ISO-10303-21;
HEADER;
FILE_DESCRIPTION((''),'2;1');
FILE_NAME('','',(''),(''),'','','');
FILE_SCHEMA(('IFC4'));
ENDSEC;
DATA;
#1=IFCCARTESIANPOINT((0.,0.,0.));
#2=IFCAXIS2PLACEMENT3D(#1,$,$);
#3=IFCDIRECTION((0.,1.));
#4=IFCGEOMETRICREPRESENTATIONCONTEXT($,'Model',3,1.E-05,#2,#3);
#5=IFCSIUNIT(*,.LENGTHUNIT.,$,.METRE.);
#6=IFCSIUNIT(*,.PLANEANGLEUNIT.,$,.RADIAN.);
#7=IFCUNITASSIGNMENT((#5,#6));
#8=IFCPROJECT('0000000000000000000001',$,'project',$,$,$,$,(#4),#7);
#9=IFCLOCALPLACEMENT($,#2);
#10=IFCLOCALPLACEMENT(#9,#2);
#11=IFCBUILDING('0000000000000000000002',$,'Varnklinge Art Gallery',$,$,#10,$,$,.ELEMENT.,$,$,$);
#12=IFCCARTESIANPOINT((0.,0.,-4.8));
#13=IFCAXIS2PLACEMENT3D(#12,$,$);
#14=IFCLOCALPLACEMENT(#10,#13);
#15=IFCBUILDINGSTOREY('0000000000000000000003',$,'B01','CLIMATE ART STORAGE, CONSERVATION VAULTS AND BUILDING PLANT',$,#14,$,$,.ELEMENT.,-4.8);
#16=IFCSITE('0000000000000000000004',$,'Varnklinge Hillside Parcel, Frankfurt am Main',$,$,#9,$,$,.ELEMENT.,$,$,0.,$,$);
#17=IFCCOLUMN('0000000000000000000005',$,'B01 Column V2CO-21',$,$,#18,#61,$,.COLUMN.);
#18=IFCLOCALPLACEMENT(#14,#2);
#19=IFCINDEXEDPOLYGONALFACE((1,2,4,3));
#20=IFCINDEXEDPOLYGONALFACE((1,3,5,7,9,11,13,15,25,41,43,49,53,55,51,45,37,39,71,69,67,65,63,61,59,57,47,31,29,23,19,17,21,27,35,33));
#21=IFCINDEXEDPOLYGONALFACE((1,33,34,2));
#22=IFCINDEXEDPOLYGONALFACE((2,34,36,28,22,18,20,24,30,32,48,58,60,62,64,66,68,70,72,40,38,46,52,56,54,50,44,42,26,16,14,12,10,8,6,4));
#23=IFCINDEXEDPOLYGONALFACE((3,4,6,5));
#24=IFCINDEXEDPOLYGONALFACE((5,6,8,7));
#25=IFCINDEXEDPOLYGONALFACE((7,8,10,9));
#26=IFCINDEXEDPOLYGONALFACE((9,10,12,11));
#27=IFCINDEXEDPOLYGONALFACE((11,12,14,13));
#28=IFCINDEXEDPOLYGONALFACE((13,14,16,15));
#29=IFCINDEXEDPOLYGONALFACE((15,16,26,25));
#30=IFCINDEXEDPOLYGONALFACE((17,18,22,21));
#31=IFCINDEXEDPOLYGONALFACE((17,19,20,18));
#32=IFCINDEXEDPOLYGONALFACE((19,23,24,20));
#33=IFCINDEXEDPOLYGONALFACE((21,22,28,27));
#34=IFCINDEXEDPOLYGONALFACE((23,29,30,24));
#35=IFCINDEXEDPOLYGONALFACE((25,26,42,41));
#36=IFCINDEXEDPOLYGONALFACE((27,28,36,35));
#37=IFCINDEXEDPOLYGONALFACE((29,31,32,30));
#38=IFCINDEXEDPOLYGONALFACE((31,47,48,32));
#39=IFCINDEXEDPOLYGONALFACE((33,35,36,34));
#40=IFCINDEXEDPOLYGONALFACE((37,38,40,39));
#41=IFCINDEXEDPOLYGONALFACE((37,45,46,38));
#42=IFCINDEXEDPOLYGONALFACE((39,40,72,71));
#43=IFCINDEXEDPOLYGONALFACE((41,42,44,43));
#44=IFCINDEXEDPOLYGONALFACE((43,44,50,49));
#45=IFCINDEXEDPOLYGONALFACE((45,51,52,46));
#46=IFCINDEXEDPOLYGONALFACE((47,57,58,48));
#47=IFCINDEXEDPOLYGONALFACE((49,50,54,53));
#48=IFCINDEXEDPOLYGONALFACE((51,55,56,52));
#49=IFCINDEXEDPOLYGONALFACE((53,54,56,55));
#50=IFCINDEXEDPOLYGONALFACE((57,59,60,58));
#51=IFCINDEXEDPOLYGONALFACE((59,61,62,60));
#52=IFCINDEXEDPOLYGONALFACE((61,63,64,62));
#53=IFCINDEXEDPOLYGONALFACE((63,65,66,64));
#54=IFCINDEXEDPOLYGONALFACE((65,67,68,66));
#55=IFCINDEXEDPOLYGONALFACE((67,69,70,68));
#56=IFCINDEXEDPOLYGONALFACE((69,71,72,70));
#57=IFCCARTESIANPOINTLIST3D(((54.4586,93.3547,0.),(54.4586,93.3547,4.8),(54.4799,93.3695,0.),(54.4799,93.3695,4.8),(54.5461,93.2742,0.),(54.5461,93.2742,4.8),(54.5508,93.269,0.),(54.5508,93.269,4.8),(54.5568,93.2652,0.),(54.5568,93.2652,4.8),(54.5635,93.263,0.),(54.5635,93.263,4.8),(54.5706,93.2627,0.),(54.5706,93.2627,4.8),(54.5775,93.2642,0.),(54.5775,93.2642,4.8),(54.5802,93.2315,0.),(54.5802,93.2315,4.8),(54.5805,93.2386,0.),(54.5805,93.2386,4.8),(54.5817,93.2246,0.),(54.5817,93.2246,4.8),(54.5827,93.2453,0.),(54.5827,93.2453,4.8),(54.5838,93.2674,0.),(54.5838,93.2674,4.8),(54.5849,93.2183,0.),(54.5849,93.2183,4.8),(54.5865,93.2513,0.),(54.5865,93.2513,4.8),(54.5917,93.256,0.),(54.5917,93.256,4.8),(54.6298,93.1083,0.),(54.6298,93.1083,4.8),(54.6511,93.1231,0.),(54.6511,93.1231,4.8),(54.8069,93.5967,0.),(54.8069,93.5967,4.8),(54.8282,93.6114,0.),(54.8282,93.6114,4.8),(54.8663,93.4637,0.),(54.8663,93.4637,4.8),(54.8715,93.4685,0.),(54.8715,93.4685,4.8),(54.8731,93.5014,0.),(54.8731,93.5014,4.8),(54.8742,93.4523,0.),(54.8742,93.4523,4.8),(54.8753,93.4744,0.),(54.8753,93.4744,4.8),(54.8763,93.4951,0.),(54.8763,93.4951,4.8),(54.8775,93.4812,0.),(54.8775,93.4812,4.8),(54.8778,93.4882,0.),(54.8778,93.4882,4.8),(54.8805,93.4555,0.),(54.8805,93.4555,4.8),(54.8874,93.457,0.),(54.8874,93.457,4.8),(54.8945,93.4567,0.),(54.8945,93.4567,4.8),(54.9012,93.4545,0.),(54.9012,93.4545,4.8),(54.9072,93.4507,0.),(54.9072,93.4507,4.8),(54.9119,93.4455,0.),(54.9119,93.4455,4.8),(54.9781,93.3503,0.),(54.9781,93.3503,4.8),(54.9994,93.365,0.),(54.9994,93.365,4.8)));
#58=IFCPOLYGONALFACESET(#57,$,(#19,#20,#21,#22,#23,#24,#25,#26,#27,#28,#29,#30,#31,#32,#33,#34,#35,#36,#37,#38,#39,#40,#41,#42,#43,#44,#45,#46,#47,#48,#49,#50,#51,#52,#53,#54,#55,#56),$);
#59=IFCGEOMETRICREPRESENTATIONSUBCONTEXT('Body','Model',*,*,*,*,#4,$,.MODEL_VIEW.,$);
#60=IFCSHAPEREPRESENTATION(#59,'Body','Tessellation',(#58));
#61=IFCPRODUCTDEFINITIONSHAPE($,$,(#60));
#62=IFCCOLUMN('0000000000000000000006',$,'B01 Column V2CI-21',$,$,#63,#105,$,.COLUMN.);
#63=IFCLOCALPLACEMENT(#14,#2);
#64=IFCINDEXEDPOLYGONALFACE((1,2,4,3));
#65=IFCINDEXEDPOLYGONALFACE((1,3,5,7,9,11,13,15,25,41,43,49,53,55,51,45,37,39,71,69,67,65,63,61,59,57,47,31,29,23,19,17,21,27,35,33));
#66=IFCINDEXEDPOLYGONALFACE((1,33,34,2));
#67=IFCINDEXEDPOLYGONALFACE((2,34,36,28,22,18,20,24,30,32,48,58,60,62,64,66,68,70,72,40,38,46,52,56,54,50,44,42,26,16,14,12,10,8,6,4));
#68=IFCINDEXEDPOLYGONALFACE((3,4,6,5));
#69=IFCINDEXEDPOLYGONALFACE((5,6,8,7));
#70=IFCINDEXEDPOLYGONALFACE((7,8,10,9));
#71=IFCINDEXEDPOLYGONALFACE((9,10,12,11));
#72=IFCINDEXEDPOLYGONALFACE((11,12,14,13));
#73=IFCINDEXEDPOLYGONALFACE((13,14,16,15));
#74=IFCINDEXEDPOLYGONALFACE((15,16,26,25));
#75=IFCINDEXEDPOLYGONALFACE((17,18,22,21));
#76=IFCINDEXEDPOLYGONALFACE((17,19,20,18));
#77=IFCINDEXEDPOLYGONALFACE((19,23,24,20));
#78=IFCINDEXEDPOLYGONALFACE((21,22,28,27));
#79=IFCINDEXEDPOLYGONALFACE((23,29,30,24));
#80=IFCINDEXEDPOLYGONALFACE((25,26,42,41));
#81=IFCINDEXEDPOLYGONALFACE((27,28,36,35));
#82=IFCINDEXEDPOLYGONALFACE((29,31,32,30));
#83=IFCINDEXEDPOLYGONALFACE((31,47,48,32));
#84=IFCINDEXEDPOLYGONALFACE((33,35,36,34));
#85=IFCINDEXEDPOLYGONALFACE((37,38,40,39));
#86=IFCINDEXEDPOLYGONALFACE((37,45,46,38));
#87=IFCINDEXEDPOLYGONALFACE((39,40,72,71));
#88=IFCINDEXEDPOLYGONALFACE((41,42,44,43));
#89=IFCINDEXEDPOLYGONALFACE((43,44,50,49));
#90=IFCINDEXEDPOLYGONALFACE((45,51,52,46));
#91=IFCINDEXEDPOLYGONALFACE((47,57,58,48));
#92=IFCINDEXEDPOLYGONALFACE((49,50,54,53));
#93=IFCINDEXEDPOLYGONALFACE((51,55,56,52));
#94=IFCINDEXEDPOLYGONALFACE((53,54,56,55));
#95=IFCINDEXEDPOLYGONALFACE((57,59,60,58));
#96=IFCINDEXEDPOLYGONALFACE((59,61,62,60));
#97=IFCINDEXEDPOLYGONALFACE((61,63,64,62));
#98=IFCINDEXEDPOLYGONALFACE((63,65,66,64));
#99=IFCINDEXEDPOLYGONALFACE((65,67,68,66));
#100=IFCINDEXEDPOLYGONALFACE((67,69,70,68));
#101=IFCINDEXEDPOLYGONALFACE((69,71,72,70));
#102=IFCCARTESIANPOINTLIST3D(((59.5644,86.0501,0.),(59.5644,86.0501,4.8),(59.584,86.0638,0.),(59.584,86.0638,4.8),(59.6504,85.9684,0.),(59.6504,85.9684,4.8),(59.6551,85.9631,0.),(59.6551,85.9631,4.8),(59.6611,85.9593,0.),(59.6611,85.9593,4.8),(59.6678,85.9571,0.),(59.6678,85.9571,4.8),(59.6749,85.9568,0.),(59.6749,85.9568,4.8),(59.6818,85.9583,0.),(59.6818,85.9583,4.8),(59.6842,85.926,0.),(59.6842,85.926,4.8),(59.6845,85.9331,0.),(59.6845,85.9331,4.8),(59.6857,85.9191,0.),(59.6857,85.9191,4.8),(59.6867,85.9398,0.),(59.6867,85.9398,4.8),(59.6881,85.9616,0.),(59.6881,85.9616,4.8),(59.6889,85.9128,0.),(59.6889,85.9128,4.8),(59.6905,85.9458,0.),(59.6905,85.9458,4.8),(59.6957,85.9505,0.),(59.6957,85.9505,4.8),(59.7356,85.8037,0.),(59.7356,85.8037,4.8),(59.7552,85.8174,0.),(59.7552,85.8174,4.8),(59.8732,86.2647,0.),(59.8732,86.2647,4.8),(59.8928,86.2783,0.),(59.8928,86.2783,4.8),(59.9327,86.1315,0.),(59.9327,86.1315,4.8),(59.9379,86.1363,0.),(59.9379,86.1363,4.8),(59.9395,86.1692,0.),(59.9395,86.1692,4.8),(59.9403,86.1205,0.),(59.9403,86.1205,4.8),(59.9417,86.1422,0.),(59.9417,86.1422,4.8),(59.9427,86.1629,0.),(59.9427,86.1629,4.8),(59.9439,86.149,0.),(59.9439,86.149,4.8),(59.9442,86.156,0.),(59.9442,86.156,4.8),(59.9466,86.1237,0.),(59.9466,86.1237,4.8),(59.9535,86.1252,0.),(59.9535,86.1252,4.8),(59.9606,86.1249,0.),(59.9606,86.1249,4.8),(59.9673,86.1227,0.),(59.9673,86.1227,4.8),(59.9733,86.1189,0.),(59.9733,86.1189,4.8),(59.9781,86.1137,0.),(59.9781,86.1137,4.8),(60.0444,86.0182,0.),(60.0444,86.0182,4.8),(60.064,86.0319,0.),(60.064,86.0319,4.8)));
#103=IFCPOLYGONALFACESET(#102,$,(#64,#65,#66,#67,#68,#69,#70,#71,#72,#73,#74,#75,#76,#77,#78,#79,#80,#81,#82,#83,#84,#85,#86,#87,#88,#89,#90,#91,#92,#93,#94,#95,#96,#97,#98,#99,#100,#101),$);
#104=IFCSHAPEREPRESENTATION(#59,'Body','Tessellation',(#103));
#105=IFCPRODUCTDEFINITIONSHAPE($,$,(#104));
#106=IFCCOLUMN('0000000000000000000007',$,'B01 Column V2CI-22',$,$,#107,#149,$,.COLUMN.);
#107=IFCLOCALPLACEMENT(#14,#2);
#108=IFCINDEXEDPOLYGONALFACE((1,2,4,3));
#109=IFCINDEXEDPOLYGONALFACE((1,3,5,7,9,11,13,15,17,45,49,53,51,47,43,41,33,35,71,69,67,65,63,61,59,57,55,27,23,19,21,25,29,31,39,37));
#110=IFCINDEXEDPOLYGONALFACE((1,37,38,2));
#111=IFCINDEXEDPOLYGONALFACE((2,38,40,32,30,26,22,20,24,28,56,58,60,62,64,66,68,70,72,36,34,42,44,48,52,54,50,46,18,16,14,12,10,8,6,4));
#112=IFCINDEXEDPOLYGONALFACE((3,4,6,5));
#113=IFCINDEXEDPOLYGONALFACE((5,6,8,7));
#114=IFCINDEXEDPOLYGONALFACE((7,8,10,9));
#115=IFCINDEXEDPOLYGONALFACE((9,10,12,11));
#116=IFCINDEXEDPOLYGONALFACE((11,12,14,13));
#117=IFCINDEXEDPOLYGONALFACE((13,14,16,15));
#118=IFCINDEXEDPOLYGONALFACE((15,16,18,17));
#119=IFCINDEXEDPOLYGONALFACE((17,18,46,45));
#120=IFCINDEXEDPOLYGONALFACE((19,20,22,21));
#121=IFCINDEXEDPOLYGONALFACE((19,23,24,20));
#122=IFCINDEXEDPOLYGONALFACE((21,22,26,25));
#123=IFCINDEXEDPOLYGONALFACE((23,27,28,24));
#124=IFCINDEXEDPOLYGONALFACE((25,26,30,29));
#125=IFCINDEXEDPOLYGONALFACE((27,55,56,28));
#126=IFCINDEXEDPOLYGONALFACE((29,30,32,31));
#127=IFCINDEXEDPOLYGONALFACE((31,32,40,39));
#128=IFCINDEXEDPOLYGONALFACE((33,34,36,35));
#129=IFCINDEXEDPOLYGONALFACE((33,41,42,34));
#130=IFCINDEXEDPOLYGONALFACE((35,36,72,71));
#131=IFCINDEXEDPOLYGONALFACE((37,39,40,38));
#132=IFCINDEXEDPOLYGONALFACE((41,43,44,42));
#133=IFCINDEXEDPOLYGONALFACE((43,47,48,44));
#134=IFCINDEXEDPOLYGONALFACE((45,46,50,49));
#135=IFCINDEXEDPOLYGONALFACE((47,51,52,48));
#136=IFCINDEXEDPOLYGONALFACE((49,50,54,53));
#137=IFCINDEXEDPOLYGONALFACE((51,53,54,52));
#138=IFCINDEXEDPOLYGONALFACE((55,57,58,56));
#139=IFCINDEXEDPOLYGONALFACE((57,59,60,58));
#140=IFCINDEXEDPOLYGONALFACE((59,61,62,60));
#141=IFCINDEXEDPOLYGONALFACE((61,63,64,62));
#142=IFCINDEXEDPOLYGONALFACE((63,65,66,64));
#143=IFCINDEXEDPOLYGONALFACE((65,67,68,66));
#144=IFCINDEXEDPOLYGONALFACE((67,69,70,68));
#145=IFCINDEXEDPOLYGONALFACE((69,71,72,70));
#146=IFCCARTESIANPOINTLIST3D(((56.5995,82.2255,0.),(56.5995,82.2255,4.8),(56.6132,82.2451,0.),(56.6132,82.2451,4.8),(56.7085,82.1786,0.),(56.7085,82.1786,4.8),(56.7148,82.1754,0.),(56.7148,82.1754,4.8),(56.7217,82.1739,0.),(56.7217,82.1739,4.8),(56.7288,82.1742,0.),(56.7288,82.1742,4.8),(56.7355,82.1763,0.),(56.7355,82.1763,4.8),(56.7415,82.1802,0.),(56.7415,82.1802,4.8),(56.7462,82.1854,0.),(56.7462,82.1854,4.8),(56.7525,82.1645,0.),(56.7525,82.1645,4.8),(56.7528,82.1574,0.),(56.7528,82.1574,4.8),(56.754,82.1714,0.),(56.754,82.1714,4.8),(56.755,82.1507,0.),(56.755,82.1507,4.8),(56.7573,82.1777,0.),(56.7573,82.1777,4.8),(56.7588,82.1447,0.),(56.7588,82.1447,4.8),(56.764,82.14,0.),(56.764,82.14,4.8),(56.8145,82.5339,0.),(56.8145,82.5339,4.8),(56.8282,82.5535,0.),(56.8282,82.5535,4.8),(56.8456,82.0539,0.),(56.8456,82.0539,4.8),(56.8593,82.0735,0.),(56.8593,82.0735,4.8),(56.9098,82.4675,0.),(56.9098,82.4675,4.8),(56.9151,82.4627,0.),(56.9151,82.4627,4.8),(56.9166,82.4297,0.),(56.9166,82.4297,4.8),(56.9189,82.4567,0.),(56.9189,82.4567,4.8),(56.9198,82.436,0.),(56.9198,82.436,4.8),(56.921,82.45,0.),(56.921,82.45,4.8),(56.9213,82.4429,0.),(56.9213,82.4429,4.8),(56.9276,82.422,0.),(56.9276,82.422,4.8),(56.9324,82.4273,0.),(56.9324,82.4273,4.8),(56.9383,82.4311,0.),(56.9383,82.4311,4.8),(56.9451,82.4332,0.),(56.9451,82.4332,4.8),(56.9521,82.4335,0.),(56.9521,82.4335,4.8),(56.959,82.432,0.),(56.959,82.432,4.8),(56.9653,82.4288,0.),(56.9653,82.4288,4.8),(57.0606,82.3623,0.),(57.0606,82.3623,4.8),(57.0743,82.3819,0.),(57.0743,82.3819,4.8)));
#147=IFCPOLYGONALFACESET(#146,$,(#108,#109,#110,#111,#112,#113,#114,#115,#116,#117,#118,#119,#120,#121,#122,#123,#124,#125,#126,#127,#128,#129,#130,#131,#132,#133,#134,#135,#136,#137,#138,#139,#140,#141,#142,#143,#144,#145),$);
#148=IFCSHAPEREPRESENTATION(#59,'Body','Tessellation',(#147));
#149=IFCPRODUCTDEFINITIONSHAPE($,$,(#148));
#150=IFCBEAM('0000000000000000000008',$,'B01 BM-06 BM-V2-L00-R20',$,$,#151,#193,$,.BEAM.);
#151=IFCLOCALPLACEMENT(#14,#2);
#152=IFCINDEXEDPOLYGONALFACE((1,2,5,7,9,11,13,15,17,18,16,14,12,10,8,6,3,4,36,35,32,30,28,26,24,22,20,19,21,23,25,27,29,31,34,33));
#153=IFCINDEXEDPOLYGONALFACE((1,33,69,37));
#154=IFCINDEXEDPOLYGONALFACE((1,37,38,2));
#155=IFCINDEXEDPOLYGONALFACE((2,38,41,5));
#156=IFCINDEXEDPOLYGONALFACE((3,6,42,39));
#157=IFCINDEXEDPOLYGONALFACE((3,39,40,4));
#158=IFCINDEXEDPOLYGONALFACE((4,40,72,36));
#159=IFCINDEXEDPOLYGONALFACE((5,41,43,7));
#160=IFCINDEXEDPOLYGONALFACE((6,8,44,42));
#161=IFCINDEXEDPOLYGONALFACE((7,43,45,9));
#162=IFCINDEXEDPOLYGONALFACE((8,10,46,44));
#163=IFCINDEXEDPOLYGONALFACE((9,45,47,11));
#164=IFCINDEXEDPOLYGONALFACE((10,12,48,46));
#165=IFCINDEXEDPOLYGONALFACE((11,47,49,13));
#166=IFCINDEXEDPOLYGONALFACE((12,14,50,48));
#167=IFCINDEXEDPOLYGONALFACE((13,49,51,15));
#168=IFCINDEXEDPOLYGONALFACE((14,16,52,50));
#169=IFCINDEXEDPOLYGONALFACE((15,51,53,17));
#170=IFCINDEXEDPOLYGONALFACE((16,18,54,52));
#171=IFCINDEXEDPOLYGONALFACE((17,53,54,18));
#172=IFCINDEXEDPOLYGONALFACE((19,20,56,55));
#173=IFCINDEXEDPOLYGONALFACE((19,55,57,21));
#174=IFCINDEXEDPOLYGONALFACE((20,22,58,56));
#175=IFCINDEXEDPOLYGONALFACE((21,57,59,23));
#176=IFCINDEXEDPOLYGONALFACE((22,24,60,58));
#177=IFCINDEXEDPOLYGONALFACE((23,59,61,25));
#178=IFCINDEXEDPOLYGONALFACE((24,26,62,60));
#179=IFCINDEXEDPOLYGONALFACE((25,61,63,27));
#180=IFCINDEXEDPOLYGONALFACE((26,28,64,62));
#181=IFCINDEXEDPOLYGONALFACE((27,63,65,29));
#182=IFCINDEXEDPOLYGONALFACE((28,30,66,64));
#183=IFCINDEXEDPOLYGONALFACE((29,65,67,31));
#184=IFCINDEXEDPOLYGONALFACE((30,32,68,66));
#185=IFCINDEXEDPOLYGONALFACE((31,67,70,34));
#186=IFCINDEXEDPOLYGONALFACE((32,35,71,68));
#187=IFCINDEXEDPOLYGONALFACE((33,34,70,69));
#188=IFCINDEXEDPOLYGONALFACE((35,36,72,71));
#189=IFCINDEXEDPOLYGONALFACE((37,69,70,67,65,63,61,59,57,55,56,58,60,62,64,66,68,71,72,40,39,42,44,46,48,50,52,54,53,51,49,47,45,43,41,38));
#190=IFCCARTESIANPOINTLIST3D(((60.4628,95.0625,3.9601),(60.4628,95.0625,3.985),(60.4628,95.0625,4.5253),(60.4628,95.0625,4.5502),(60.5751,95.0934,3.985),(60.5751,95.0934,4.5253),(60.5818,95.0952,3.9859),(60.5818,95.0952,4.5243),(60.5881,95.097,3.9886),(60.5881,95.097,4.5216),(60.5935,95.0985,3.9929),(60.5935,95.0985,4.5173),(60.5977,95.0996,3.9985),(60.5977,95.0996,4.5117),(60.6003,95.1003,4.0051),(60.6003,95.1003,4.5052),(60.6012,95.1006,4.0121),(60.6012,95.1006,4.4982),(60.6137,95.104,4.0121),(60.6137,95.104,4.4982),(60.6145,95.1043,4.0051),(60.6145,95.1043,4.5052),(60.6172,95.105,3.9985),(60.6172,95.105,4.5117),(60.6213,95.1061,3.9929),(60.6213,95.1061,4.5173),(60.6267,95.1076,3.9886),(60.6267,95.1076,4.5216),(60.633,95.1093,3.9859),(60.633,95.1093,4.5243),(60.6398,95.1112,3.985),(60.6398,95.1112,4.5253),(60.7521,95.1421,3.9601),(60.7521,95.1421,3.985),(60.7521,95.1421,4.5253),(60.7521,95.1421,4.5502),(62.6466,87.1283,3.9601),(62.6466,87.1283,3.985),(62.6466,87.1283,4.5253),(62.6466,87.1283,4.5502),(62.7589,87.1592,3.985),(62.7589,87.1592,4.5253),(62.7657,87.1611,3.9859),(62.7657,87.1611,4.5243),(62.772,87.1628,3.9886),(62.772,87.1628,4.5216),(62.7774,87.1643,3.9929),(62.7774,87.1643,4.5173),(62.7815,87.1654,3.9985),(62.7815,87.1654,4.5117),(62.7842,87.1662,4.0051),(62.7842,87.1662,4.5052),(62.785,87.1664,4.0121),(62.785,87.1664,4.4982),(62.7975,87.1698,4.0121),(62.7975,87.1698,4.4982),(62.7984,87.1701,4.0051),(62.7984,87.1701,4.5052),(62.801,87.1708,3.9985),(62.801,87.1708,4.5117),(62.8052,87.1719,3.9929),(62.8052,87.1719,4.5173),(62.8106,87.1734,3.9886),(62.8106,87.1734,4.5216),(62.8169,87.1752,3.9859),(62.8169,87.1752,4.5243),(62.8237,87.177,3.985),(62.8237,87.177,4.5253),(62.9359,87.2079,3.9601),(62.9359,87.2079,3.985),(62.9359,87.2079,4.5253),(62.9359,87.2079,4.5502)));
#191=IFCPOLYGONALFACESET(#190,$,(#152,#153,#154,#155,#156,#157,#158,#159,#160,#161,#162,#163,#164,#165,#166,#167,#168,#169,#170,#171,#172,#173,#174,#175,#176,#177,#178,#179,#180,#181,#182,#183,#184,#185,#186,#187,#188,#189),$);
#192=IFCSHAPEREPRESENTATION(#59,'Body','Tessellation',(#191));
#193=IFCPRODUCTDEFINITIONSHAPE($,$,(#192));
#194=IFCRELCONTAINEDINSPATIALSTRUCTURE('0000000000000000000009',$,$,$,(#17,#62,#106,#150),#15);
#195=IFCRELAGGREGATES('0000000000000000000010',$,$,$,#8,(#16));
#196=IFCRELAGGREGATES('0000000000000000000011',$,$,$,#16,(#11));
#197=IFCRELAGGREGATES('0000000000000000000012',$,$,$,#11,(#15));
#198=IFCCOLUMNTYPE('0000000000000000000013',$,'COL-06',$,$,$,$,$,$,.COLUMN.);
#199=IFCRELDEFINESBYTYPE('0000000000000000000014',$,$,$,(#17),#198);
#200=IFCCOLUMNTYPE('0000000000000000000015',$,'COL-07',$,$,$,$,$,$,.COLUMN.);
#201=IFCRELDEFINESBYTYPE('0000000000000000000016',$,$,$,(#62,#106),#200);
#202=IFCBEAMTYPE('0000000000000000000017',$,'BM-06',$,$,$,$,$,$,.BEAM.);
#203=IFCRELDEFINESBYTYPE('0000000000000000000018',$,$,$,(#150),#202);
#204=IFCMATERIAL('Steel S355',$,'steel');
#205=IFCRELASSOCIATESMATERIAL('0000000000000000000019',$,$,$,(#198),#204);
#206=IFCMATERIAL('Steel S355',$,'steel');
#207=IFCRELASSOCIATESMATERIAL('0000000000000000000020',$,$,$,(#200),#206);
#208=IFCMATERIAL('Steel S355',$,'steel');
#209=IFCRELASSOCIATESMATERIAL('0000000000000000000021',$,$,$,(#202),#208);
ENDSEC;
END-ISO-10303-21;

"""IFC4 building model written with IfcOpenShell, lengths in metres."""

from ifc_helpers import new_model, si_unit, direction, frame, origin, origin_2d, place, context, subcontext, project, spatial, i_section, extrude, material, material_profile, profile_set, type_object, element, save


model = new_model("IFC4")

# Units and contexts
model_context = context("Model", 3, precision=1e-05, world=origin(), true_north=direction((0.0, 1.0)))
body_context = subcontext(model_context, "Body", "Model", "MODEL_VIEW")
ifc_project = project(units=[si_unit("LENGTHUNIT", "METRE"), si_unit("PLANEANGLEUNIT", "RADIAN")], contexts=[model_context])

# Site, building, storey
site_placement = place(None, origin())
site = spatial("IfcSite", under=ifc_project, at=site_placement, Name="Varnklinge Hillside Parcel, Frankfurt am Main", CompositionType="ELEMENT", RefElevation=0.0)
building_placement = place(site_placement, origin())
building = spatial("IfcBuilding", under=site, at=building_placement, Name="Varnklinge Art Gallery", CompositionType="ELEMENT")
storey_placement = place(building_placement, frame((0.0, 0.0, -4.8)))
storey = spatial("IfcBuildingStorey", under=building, at=storey_placement, Name="B01", Description="CLIMATE ART STORAGE, CONSERVATION VAULTS AND BUILDING PLANT", CompositionType="ELEMENT", Elevation=-4.8)

# Columns
ifc_material_1 = material(Name="Steel S355", Category="steel")
ifc_material_profile_1 = material_profile(ifc_material_1, i_section(OverallWidth=0.3, OverallDepth=0.45, WebThickness=0.0139, FlangeThickness=0.0259, FilletRadius=0.0271, at=origin_2d()), Name="HEB 450")
ifc_profile_set_1 = profile_set([ifc_material_profile_1], Name="Steel S355")
column_type_1 = type_object("IfcColumnType", Name="COL-06", PredefinedType="COLUMN", material=ifc_profile_set_1)
for number, where, z_axis, x_axis, name in (
    (1, (54.729, 93.3599, 0.0), (0.0, 0.0, 1.0), (0.57057, -0.821249, 0.0), "B01 Column V2CO-21"),
):
    element("IfcColumn", number, at=place(storey_placement, frame(where, z_axis=z_axis, x_axis=x_axis)), inside=storey, type_object=column_type_1, Name=name, PredefinedType="COLUMN", context=body_context, shape_type="SweptSolid", body=[
        extrude(i_section(OverallWidth=0.3, OverallDepth=0.45, WebThickness=0.0139, FlangeThickness=0.0259, FilletRadius=0.0271, at=origin_2d()), origin(), (0.0, 0.0, 1.0), 4.8),
    ])
ifc_material_2 = material(Name="Steel S355", Category="steel")
ifc_material_profile_2 = material_profile(ifc_material_2, i_section(OverallWidth=0.3, OverallDepth=0.3999, WebThickness=0.0134, FlangeThickness=0.0239, FilletRadius=0.0271, at=origin_2d()), Name="HEB 400")
ifc_profile_set_2 = profile_set([ifc_material_profile_2], Name="Steel S355")
column_type_2 = type_object("IfcColumnType", Name="COL-07", PredefinedType="COLUMN", material=ifc_profile_set_2)
for number, where, z_axis, x_axis, name in (
    (2, (59.8142, 86.041, 0.0), (0.0, 0.0, 1.0), (0.57057, -0.821249, 0.0), "B01 Column V2CI-21"),
    (3, (56.8369, 82.3037, 0.0), (0.0, 0.0, 1.0), (0.820352, -0.57186, 0.0), "B01 Column V2CI-22"),
):
    element("IfcColumn", number, at=place(storey_placement, frame(where, z_axis=z_axis, x_axis=x_axis)), inside=storey, type_object=column_type_2, Name=name, PredefinedType="COLUMN", context=body_context, shape_type="SweptSolid", body=[
        extrude(i_section(OverallWidth=0.3, OverallDepth=0.3999, WebThickness=0.0134, FlangeThickness=0.0239, FilletRadius=0.0271, at=origin_2d()), origin(), (0.0, 0.0, 1.0), 4.8),
    ])

# Beam
ifc_material_3 = material(Name="Steel S355", Category="steel")
ifc_material_profile_3 = material_profile(ifc_material_3, i_section(OverallWidth=0.3, OverallDepth=0.5901, WebThickness=0.0129, FlangeThickness=0.0249, FilletRadius=0.0271, at=origin_2d()), Name="HEA 600")
ifc_profile_set_3 = profile_set([ifc_material_profile_3], Name="Steel S355")
beam_type_1 = type_object("IfcBeamType", Name="BM-06", PredefinedType="BEAM", material=ifc_profile_set_3)
beam_1_placement = place(storey_placement, frame((60.6074, 95.1023, 4.2551), z_axis=(0.265379, -0.964144, 0.0), x_axis=(0.964144, 0.265379, 0.0)))
element("IfcBeam", 4, at=beam_1_placement, inside=storey, type_object=beam_type_1, Name="B01 BM-06 BM-V2-L00-R20", PredefinedType="BEAM", context=body_context, shape_type="SweptSolid", body=[
    extrude(i_section(OverallWidth=0.3, OverallDepth=0.5901, WebThickness=0.0129, FlangeThickness=0.0249, FilletRadius=0.0271, at=origin_2d()), origin(), (0.0, 0.0, 1.0), 8.2292),
])

save(model, "model.ifc")
